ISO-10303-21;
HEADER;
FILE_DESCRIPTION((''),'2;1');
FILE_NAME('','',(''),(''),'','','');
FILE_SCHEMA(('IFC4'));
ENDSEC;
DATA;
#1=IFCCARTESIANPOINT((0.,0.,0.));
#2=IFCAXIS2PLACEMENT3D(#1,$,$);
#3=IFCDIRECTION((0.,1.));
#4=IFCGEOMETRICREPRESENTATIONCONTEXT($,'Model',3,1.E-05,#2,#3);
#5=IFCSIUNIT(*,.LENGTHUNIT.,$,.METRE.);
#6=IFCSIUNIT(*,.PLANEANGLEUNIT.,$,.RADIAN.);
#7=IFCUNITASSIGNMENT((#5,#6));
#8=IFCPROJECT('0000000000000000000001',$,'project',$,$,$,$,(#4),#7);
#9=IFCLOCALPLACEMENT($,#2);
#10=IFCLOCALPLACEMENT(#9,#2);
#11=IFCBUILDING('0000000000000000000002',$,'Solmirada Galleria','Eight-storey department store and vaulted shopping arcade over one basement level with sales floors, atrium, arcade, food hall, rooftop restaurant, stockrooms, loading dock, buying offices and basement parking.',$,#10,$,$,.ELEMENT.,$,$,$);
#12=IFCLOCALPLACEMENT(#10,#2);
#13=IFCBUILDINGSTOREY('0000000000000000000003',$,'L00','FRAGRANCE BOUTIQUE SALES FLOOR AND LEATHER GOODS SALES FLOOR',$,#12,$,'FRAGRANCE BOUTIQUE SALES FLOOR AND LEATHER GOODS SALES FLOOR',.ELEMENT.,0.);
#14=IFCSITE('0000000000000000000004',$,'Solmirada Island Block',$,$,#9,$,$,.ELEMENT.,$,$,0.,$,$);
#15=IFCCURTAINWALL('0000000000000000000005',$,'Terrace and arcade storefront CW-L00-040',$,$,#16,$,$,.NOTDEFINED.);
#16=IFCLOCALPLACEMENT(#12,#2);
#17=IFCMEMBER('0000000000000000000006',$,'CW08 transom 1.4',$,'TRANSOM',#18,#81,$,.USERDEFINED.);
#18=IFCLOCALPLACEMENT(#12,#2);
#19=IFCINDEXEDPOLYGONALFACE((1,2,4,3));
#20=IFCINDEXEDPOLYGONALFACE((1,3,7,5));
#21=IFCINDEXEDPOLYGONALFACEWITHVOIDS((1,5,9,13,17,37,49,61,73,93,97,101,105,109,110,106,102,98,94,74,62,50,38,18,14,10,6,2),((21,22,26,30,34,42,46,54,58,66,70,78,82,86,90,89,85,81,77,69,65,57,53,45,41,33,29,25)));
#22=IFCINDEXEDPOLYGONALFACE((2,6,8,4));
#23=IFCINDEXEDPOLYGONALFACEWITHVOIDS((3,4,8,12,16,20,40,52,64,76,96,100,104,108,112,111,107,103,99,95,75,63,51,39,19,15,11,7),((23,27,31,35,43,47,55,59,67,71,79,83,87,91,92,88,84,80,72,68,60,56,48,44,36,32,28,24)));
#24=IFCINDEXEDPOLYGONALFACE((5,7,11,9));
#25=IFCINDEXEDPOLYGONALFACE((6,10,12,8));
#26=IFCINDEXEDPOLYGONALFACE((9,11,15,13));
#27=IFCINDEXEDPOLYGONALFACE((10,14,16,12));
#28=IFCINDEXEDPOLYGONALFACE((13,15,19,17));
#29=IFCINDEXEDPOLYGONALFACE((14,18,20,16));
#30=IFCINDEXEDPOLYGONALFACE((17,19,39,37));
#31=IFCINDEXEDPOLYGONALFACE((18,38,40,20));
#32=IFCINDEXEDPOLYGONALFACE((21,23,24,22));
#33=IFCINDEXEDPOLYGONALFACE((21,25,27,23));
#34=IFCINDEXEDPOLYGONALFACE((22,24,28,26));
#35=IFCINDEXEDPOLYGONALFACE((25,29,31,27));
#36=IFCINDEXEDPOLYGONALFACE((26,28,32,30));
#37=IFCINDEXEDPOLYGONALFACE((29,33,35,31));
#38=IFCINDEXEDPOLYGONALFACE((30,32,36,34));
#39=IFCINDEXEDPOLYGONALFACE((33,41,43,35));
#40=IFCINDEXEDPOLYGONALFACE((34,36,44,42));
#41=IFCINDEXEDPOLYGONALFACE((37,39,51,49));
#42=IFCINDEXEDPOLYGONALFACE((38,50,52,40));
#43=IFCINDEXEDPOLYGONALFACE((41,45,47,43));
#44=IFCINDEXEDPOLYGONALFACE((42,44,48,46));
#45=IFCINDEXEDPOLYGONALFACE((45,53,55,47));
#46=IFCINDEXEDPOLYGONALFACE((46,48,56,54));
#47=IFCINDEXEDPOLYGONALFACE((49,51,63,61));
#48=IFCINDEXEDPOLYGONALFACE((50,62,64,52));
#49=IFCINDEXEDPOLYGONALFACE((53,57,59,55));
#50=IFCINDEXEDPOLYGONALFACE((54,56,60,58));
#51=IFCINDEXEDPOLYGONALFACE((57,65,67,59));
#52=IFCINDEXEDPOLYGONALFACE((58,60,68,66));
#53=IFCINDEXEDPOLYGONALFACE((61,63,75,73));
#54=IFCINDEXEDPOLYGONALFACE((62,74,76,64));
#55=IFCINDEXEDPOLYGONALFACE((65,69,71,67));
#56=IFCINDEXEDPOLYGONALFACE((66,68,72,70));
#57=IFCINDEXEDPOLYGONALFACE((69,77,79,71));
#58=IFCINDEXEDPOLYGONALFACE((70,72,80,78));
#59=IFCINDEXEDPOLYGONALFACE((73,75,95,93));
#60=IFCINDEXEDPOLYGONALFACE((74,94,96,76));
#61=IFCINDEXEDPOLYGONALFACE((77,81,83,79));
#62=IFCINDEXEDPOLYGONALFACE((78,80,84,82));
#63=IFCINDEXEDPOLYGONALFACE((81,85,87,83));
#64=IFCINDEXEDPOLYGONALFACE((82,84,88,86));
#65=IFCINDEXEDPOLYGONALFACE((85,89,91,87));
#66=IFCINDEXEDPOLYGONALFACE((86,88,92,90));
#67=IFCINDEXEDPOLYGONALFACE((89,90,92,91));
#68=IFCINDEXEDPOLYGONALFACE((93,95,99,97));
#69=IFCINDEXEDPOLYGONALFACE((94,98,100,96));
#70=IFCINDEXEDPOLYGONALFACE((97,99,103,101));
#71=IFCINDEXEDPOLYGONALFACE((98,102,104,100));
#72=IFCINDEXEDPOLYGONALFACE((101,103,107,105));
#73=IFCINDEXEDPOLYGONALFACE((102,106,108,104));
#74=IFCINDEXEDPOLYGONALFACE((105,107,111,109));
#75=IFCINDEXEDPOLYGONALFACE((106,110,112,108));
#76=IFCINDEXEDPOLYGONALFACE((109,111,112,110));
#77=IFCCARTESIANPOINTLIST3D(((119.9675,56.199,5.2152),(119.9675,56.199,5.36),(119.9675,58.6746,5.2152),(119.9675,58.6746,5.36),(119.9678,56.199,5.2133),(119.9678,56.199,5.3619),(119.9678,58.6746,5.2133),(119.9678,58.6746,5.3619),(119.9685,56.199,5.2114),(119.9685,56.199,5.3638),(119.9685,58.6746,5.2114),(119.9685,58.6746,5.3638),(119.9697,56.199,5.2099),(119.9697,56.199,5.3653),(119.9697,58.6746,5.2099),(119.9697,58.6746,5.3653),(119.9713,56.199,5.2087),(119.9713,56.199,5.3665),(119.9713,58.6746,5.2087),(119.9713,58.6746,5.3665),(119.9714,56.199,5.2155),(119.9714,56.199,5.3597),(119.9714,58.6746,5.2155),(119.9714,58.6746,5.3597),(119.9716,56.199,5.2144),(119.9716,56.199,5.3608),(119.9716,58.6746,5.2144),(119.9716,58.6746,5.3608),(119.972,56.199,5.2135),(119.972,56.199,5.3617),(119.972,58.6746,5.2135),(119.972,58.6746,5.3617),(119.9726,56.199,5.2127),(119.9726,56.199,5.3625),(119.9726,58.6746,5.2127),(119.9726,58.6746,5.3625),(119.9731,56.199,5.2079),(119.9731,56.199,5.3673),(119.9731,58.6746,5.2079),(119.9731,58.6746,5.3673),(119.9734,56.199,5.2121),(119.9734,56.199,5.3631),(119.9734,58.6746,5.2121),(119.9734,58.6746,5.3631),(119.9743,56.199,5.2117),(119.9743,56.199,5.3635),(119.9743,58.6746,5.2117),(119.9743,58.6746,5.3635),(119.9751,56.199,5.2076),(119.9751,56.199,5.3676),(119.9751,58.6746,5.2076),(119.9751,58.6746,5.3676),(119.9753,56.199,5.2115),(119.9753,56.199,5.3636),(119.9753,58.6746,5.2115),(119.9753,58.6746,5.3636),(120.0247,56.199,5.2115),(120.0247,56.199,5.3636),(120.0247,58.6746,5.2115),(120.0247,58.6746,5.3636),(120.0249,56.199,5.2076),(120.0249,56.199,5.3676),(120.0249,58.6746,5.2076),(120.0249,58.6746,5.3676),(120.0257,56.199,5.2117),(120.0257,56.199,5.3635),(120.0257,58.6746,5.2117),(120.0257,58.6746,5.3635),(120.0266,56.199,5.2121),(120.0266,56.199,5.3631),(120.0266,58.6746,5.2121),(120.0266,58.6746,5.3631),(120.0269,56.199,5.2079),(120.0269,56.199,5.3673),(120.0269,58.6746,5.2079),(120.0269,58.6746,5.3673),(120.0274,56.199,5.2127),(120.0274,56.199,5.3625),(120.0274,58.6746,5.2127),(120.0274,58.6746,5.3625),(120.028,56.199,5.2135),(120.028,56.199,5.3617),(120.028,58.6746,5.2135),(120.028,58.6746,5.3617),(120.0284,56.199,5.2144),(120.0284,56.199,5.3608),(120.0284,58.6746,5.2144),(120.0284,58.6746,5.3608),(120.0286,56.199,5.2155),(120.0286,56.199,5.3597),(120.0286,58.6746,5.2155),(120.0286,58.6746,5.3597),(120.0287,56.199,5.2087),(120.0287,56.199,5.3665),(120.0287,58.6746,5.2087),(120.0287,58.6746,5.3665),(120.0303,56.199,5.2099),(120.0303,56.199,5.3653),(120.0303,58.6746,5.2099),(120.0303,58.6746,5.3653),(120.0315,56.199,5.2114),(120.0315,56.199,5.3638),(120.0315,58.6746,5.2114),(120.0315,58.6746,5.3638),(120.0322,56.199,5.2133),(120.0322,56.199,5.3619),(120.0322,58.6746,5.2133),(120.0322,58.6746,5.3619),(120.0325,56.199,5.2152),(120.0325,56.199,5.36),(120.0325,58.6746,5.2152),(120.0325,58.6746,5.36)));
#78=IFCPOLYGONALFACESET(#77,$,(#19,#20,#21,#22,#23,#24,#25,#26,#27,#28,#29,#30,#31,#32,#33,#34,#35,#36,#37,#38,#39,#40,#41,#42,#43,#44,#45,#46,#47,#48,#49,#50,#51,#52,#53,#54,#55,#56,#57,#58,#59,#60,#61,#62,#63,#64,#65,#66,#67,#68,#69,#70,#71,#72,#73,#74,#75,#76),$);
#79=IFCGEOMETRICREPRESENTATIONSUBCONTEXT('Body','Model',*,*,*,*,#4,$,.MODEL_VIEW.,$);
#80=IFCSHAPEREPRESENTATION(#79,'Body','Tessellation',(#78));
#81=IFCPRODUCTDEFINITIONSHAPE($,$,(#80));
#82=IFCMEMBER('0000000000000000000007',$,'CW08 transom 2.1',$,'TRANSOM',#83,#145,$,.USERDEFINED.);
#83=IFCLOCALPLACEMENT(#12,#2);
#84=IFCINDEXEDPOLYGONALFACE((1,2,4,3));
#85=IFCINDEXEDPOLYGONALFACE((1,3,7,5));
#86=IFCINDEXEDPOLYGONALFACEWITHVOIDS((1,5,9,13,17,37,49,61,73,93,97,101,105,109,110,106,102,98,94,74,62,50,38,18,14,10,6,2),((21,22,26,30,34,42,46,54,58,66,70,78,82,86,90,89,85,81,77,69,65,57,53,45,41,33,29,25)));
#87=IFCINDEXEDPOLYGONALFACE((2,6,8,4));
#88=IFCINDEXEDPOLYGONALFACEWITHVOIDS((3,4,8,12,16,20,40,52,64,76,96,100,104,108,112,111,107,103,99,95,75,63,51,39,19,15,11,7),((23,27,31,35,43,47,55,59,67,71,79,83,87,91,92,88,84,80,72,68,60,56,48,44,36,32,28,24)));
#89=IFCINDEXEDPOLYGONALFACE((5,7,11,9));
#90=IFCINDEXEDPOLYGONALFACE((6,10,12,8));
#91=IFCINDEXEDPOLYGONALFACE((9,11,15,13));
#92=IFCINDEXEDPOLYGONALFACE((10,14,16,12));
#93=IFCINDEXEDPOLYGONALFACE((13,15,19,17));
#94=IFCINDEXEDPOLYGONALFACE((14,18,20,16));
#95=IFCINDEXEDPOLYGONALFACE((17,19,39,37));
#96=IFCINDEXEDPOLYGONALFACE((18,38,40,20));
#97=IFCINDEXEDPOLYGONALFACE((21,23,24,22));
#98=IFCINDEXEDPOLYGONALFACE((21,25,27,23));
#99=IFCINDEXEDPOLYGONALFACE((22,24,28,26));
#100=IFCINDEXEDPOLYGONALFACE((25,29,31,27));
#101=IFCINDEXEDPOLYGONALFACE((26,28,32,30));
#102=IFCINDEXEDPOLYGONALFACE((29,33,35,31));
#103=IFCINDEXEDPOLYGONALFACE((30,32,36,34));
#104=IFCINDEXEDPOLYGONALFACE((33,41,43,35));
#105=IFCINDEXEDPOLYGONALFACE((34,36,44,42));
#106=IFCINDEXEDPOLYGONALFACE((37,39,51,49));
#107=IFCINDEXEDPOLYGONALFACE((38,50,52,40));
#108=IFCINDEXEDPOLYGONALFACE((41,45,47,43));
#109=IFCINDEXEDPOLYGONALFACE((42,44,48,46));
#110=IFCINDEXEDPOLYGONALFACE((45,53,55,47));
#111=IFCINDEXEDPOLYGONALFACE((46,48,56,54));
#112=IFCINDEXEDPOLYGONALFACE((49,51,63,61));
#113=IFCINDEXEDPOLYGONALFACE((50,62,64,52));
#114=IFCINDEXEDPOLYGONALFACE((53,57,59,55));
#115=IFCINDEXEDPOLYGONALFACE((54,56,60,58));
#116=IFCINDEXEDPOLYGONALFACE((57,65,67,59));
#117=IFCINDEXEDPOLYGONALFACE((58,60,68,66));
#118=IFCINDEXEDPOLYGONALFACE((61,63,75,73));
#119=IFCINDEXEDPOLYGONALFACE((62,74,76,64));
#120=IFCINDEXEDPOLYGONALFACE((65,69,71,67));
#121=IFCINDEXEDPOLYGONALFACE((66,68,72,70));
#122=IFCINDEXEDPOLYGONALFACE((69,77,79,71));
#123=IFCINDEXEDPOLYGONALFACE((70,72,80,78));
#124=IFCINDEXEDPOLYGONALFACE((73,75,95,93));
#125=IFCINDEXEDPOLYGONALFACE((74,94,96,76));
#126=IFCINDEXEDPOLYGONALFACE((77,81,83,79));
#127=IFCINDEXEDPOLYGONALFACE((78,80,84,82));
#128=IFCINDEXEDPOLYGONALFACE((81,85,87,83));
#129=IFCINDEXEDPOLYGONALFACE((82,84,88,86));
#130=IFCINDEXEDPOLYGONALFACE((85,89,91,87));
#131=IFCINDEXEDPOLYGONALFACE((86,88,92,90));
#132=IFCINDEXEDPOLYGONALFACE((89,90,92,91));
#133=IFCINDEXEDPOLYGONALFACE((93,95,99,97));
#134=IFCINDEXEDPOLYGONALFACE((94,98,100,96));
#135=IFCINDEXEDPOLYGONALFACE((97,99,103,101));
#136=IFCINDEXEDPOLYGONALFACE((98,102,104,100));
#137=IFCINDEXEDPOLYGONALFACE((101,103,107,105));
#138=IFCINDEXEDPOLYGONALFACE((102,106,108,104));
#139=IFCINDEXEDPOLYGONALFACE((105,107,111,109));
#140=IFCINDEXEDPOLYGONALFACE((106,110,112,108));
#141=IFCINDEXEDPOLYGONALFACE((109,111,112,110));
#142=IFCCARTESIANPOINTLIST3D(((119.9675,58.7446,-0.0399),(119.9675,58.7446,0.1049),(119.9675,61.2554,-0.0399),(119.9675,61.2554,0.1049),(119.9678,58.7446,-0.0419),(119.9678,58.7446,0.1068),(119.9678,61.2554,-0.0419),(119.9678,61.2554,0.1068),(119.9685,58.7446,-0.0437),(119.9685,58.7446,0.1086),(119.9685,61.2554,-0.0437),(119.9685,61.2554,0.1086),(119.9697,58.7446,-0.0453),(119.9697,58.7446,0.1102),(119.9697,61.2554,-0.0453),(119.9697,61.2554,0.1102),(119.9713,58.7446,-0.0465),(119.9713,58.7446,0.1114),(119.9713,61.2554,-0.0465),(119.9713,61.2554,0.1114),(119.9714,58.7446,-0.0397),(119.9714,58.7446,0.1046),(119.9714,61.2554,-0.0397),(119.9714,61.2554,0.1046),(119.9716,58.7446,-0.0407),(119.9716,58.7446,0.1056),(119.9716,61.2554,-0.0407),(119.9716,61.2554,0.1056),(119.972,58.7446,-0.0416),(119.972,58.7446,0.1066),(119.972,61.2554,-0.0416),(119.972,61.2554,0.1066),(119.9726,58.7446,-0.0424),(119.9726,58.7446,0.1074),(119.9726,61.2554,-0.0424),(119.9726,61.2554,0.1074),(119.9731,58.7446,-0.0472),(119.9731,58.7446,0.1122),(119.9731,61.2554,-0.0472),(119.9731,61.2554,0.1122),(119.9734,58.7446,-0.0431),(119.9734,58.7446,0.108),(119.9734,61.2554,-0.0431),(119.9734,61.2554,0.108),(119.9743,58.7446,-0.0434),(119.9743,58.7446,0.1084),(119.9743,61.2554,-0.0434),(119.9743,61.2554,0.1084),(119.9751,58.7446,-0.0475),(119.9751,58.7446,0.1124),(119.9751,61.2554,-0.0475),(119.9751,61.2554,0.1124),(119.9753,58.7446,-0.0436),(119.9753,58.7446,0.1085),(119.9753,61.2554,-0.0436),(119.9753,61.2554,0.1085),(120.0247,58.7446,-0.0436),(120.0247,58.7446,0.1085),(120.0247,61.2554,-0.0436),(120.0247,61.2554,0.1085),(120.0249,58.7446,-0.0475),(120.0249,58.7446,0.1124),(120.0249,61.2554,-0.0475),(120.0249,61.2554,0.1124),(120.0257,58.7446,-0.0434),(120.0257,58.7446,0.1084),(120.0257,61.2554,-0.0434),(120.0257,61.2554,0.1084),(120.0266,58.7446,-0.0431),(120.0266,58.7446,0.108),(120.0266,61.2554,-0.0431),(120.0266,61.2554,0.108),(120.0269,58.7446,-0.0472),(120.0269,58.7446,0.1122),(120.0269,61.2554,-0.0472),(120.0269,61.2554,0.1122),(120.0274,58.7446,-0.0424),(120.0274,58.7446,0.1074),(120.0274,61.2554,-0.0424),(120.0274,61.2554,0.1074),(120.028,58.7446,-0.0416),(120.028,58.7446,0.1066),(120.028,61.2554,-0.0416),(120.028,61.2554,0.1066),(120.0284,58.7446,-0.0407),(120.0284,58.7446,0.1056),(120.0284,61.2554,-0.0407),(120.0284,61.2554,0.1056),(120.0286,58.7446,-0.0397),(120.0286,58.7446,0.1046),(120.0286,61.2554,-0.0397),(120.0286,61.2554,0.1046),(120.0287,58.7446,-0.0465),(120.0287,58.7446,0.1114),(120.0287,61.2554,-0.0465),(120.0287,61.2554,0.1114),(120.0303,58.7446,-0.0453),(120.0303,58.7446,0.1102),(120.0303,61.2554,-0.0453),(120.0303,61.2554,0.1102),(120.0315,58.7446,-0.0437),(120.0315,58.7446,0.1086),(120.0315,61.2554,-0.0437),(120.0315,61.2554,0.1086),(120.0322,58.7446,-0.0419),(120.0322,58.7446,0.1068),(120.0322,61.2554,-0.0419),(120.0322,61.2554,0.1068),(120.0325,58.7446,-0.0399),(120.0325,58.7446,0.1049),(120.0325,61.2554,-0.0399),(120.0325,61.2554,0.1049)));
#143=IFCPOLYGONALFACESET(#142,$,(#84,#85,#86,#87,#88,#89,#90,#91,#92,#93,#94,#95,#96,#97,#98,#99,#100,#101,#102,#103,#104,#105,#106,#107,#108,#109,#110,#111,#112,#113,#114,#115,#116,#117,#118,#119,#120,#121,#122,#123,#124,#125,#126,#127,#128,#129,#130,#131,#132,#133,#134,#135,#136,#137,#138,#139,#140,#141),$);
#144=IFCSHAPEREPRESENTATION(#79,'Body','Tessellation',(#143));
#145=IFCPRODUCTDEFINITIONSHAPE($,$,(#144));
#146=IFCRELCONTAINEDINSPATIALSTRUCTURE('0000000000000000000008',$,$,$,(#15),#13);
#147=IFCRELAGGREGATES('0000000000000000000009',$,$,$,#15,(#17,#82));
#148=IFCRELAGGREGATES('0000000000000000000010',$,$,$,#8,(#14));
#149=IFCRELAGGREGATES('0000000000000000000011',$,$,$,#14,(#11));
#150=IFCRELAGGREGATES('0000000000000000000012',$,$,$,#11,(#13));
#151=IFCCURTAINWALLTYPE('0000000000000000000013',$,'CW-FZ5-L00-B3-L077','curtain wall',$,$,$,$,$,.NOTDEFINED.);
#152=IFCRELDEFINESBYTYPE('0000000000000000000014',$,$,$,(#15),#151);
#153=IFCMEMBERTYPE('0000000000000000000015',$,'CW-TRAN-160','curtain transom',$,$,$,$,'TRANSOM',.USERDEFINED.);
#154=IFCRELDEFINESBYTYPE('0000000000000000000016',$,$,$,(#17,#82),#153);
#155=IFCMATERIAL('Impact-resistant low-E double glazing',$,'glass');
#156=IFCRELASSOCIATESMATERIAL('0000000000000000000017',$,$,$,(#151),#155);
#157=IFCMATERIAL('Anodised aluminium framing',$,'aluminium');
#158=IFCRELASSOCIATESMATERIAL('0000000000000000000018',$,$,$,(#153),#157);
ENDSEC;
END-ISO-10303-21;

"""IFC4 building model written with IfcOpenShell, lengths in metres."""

from ifc_helpers import new_model, si_unit, direction, frame, origin, origin_2d, place, context, subcontext, project, spatial, hollow_rectangle, extrude, material, material_profile, profile_set, type_object, element, aggregate, save


model = new_model("IFC4")

# Units and contexts
model_context = context("Model", 3, precision=1e-05, world=origin(), true_north=direction((0.0, 1.0)))
body_context = subcontext(model_context, "Body", "Model", "MODEL_VIEW")
ifc_project = project(units=[si_unit("LENGTHUNIT", "METRE"), si_unit("PLANEANGLEUNIT", "RADIAN")], contexts=[model_context])

# Site, building, storey
site_placement = place(None, origin())
site = spatial("IfcSite", under=ifc_project, at=site_placement, Name="Solmirada Island Block", CompositionType="ELEMENT", RefElevation=0.0)
building_placement = place(site_placement, origin())
building = spatial("IfcBuilding", under=site, at=building_placement, Name="Solmirada Galleria", Description="Eight-storey department store and vaulted shopping arcade over one basement level with sales floors, atrium, arcade, food hall, rooftop restaurant, stockrooms, loading dock, buying offices and basement parking.", CompositionType="ELEMENT")
storey_placement = place(building_placement, origin())
storey = spatial("IfcBuildingStorey", under=building, at=storey_placement, Name="L00", Description="FRAGRANCE BOUTIQUE SALES FLOOR AND LEATHER GOODS SALES FLOOR", LongName="FRAGRANCE BOUTIQUE SALES FLOOR AND LEATHER GOODS SALES FLOOR", CompositionType="ELEMENT", Elevation=0.0)

# Shared definitions
ifc_material_1 = material(Name="Impact-resistant low-E double glazing", Category="glass")
ifc_material_2 = material(Name="Anodised aluminium framing", Category="aluminium")
curtain_wall_type_1 = type_object("IfcCurtainWallType", Name="CW-FZ5-L00-B3-L077", Description="curtain wall", PredefinedType="NOTDEFINED", material=ifc_material_1)

# Curtain wall
curtain_wall_1_placement = place(storey_placement, origin())
curtain_wall_1 = element("IfcCurtainWall", 1, at=curtain_wall_1_placement, inside=storey, type_object=curtain_wall_type_1, Name="Terrace and arcade storefront CW-L00-040", PredefinedType="NOTDEFINED")

# Shared definitions
ifc_material_profile_1 = material_profile(ifc_material_2, hollow_rectangle(XDim=0.0649, YDim=0.1599, WallThickness=0.0039, InnerFilletRadius=0.0039, OuterFilletRadius=0.0076, at=origin_2d()), Name="ALU-TRAN-160X65")
ifc_profile_set_1 = profile_set([ifc_material_profile_1], Name="Anodised aluminium framing")
member_type_1 = type_object("IfcMemberType", Name="CW-TRAN-160", Description="curtain transom", ElementType="TRANSOM", PredefinedType="USERDEFINED", material=ifc_profile_set_1)

# Members
member_1_placement = place(storey_placement, frame((120.0, 56.199, 5.2876), z_axis=(0.0, 1.0, 0.0), x_axis=(-1.0, 0.0, 0.0)))
member_1 = element("IfcMember", 2, at=member_1_placement, type_object=member_type_1, Name="CW08 transom 1.4", ObjectType="TRANSOM", PredefinedType="USERDEFINED", context=body_context, shape_type="SweptSolid", body=[
    extrude(hollow_rectangle(XDim=0.0649, YDim=0.1599, WallThickness=0.0039, InnerFilletRadius=0.0039, OuterFilletRadius=0.0076, at=origin_2d()), origin(), (0.0, 0.0, 1.0), 2.4756),
])
member_2_placement = place(storey_placement, frame((120.0, 58.7446, 0.0325), z_axis=(0.0, 1.0, 0.0), x_axis=(-1.0, 0.0, 0.0)))
member_2 = element("IfcMember", 3, at=member_2_placement, type_object=member_type_1, Name="CW08 transom 2.1", ObjectType="TRANSOM", PredefinedType="USERDEFINED", context=body_context, shape_type="SweptSolid", body=[
    extrude(hollow_rectangle(XDim=0.0649, YDim=0.1599, WallThickness=0.0039, InnerFilletRadius=0.0039, OuterFilletRadius=0.0076, at=origin_2d()), origin(), (0.0, 0.0, 1.0), 2.5107),
])

aggregate(curtain_wall_1, [member_1, member_2])

save(model, "model.ifc")
